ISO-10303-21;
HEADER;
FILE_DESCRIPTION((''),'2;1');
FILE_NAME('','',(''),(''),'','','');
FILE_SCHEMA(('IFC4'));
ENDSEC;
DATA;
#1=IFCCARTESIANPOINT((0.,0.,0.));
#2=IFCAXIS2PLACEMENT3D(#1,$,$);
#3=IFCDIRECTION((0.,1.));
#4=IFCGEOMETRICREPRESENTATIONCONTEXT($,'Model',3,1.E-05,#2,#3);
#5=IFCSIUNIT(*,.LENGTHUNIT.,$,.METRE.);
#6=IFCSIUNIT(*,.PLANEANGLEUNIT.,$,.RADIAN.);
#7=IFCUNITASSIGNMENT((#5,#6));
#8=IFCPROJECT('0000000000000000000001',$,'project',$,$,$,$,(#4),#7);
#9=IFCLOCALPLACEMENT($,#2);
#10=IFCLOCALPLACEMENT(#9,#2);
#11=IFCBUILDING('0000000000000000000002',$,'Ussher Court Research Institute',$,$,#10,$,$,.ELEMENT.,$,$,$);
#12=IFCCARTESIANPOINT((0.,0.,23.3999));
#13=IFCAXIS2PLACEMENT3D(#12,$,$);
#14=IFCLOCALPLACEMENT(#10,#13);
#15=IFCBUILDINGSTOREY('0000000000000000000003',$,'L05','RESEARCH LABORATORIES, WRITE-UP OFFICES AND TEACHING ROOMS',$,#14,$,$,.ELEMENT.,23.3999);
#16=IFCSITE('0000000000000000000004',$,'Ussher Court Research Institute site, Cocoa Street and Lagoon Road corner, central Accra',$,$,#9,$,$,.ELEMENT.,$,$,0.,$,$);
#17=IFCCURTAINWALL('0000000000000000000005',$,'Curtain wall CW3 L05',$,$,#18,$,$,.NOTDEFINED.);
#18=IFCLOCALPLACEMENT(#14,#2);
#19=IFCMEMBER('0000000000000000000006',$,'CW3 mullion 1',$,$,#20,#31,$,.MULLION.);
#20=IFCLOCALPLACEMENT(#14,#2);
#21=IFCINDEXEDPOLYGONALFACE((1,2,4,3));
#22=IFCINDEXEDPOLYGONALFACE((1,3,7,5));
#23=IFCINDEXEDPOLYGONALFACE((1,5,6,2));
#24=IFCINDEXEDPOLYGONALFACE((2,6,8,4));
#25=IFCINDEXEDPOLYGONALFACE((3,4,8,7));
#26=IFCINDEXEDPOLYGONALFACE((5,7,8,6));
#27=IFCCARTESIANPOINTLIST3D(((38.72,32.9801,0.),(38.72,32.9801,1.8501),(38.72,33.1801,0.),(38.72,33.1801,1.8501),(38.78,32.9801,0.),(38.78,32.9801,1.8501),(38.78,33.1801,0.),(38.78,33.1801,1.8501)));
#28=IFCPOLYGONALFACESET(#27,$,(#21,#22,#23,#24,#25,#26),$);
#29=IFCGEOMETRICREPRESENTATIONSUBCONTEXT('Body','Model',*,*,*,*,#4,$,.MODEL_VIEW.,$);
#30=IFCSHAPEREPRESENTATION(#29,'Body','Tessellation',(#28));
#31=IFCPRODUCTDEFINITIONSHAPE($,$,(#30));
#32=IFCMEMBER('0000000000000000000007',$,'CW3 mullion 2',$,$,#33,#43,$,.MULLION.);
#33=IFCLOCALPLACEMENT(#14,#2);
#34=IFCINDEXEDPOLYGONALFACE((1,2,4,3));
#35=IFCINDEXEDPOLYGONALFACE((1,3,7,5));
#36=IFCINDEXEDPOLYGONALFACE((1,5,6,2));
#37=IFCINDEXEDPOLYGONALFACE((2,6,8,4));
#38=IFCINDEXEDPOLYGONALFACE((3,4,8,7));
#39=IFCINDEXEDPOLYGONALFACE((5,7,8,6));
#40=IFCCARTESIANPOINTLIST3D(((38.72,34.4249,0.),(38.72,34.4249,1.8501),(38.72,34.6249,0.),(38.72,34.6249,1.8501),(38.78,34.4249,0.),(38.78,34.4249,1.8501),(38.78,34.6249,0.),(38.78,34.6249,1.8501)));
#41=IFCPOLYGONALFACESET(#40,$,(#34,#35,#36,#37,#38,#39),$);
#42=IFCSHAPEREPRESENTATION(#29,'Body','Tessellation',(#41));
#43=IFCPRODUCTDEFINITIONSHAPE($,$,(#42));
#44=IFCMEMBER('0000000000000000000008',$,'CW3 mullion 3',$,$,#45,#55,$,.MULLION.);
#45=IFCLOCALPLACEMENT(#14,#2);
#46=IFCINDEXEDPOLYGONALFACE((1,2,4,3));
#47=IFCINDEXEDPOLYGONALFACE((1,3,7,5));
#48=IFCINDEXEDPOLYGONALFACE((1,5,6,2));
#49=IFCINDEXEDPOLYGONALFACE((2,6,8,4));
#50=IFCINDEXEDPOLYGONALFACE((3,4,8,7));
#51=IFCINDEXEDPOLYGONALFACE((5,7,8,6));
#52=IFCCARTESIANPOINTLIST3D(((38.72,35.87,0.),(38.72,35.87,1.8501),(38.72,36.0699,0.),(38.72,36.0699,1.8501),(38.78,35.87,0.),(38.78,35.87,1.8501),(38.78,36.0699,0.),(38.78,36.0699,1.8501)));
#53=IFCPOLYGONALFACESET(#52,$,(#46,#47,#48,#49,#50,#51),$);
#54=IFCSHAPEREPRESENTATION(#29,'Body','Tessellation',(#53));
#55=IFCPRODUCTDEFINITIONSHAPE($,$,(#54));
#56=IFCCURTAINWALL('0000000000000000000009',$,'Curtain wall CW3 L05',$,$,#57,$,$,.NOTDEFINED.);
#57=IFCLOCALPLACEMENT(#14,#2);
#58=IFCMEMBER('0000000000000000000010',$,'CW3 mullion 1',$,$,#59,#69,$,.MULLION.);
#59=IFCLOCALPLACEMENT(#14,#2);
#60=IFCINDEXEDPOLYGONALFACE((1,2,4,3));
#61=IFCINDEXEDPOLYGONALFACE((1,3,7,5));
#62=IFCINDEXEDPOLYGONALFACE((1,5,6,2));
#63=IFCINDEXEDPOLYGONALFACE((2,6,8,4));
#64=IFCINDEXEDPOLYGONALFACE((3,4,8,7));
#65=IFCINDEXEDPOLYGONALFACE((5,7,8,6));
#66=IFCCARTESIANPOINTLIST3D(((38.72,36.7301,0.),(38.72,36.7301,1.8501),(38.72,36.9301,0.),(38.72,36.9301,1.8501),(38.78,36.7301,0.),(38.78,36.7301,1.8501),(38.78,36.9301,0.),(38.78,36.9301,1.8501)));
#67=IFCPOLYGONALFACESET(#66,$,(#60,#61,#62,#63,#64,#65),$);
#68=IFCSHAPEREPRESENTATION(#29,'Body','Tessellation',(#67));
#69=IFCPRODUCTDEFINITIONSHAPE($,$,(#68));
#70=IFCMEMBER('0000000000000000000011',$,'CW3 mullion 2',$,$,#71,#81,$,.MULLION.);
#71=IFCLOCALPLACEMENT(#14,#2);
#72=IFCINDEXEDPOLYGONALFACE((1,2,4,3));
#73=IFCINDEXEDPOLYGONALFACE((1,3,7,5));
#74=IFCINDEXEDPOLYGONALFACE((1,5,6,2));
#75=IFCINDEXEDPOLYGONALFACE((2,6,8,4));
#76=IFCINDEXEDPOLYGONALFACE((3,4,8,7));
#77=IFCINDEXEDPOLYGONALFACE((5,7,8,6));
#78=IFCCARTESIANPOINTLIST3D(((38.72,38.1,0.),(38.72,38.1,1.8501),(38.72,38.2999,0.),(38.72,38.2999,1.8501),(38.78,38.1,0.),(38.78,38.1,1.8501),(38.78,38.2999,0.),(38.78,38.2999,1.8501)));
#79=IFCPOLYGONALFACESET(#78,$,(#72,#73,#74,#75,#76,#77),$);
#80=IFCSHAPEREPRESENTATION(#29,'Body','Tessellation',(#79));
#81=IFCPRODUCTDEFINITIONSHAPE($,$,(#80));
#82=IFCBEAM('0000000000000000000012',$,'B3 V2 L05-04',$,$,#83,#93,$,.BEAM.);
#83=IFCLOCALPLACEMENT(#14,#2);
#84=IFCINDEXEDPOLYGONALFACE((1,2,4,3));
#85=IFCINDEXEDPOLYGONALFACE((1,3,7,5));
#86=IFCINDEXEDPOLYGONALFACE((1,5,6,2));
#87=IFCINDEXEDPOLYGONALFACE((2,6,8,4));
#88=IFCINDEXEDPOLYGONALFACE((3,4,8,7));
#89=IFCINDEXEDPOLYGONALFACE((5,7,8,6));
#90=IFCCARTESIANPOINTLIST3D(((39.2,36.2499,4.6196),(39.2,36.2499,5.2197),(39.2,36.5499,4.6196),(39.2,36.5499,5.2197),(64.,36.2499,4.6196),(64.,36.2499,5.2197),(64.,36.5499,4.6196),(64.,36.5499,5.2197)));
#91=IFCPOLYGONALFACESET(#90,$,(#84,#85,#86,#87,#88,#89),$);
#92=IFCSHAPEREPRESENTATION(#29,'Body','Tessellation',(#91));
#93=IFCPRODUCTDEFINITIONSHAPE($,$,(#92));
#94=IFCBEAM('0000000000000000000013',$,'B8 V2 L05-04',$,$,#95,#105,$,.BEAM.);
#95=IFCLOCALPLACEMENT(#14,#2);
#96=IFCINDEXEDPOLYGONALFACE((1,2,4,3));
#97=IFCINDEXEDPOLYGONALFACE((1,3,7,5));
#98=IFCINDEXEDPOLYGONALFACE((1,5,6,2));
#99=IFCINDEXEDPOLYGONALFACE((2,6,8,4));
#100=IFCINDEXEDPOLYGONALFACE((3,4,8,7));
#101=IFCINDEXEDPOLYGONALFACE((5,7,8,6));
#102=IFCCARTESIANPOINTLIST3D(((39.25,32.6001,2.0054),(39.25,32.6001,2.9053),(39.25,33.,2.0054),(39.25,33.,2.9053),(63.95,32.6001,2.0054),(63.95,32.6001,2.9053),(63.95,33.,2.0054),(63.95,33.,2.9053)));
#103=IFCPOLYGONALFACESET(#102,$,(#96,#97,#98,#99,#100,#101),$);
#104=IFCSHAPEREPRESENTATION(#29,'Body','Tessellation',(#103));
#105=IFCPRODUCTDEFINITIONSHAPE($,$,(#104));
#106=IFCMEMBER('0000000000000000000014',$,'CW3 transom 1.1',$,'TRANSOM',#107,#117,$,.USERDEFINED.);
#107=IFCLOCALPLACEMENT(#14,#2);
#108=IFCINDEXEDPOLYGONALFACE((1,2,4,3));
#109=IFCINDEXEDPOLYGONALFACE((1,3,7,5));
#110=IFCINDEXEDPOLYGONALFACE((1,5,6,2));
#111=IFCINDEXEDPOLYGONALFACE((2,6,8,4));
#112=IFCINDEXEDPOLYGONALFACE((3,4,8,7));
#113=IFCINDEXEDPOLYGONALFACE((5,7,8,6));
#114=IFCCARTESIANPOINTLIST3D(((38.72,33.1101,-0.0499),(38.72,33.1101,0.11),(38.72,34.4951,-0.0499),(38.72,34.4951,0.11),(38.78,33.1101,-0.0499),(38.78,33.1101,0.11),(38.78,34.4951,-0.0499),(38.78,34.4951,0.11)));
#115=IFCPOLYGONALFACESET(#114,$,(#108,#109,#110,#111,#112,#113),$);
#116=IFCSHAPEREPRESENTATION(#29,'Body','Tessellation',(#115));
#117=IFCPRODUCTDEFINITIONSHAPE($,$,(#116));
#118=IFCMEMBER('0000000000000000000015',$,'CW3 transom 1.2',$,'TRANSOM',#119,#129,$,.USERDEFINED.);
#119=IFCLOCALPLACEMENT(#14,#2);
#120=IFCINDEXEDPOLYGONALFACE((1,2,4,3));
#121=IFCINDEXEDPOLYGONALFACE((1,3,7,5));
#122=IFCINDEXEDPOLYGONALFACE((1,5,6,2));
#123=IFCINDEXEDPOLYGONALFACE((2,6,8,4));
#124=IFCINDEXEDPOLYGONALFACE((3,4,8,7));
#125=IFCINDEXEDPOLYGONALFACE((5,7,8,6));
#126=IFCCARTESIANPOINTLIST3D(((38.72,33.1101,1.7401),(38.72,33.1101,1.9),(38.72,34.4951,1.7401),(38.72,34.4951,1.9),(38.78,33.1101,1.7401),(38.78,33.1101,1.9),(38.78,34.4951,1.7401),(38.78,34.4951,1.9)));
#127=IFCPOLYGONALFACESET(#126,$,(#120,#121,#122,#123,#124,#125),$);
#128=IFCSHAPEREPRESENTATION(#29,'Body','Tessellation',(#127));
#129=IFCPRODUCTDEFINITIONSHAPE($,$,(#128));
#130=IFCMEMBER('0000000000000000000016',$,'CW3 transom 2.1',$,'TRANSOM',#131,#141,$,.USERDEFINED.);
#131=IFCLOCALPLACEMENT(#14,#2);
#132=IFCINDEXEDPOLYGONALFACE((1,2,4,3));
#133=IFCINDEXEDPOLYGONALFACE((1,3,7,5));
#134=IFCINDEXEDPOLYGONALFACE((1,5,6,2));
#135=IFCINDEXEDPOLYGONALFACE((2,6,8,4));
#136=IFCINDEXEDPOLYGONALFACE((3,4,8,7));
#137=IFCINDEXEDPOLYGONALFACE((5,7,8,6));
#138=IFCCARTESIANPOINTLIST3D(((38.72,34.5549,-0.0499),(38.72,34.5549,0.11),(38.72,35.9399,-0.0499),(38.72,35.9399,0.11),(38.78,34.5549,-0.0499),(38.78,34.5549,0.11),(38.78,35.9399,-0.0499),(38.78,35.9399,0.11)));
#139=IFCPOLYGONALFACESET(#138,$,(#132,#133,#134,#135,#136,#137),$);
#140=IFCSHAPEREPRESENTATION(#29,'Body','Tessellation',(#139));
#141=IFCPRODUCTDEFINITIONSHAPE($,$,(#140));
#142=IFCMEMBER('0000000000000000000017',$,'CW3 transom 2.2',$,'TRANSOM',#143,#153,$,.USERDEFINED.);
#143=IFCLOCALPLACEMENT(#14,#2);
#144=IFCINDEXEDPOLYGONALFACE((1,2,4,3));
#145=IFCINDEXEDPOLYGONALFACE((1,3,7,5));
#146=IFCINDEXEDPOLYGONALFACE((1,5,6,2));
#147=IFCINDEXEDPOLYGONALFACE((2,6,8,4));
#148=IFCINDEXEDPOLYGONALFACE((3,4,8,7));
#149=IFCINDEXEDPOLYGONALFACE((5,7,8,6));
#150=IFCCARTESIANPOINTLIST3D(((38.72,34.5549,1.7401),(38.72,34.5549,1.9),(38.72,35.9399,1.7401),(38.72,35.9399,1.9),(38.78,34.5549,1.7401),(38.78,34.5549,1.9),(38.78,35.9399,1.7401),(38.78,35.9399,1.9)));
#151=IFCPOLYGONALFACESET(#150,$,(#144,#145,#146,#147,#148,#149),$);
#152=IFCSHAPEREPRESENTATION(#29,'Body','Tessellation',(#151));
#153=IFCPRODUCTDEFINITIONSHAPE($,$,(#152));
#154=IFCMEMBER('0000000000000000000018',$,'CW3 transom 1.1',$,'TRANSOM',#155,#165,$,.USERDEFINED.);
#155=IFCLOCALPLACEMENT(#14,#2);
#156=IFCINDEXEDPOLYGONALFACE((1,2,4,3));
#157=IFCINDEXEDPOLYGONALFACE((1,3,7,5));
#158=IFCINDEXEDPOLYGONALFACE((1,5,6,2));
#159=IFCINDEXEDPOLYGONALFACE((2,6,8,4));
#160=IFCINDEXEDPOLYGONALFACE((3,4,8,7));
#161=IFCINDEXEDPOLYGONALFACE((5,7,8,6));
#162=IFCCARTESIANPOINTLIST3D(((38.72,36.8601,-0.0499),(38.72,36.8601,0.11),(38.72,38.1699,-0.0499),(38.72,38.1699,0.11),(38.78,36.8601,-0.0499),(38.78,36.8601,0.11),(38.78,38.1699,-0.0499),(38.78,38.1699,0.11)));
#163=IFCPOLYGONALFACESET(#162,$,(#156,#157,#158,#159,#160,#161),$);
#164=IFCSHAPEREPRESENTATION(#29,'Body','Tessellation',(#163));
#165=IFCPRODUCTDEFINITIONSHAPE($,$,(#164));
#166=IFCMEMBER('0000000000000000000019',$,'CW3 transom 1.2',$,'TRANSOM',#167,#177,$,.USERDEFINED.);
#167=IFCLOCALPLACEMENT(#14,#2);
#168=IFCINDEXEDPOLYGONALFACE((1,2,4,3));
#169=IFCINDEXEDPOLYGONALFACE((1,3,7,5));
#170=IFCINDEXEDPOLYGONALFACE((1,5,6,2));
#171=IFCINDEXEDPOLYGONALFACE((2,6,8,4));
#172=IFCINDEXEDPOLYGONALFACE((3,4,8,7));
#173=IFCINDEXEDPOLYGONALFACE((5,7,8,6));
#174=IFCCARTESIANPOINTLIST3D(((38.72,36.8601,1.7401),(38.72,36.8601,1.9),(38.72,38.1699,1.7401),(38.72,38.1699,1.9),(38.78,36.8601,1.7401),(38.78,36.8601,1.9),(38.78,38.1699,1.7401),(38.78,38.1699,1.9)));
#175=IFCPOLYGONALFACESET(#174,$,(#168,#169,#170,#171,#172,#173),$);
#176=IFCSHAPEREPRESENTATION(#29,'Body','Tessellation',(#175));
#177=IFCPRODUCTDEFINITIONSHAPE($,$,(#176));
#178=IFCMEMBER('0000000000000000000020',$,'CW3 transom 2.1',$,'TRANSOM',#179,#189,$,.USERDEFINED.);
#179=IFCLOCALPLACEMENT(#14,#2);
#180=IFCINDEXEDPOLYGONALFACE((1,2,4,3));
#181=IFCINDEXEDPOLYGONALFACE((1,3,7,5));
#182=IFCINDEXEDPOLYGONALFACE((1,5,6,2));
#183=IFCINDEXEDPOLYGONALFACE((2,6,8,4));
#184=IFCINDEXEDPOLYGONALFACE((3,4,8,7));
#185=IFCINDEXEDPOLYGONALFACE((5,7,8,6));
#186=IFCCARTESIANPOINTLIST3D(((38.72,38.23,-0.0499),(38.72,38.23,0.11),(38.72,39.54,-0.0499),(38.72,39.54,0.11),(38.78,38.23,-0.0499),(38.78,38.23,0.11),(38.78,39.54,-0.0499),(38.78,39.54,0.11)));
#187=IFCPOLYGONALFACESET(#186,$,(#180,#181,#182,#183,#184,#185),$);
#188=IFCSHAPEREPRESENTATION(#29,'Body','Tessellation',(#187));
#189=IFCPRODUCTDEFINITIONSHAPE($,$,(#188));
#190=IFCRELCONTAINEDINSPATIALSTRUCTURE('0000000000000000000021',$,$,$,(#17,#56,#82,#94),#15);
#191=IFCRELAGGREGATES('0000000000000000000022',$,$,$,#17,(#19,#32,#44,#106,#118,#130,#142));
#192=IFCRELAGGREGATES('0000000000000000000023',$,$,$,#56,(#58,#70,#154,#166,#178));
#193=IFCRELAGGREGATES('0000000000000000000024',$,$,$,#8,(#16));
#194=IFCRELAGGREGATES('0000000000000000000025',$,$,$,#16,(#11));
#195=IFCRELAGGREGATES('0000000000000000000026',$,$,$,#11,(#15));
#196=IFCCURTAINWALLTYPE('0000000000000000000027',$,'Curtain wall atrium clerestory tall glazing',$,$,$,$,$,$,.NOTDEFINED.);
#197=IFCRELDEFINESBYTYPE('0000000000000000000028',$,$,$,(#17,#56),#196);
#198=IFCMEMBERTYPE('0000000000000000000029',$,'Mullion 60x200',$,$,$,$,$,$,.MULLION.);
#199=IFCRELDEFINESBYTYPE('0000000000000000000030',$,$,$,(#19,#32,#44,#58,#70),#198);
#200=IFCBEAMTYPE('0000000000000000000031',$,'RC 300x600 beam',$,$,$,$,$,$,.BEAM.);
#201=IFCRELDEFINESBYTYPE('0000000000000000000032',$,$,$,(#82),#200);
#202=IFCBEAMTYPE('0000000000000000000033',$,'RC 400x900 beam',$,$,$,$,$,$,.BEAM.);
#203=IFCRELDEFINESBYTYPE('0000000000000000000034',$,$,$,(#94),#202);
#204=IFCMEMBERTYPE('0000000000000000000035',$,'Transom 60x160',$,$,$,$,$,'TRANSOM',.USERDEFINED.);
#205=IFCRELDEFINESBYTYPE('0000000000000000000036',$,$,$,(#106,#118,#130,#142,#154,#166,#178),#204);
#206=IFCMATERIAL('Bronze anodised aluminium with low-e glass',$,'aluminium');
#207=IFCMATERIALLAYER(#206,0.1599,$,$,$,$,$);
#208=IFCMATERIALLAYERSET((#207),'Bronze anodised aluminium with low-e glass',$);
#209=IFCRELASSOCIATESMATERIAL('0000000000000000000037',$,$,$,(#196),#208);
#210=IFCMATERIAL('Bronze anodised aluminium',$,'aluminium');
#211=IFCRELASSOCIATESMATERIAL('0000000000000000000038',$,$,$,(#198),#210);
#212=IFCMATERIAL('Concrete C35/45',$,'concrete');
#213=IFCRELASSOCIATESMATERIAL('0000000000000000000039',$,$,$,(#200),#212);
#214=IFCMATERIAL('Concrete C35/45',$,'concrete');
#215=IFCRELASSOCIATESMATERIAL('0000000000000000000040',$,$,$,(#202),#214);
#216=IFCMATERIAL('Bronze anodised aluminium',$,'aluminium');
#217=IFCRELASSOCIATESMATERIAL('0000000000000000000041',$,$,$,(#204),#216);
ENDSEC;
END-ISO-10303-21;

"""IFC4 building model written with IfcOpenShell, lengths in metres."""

from ifc_helpers import new_model, si_unit, direction, frame, origin, origin_2d, place, context, subcontext, project, spatial, rectangle, extrude, material, layer, layer_set, material_profile, profile_set, type_object, element, aggregate, save


model = new_model("IFC4")

# Units and contexts
model_context = context("Model", 3, precision=1e-05, world=origin(), true_north=direction((0.0, 1.0)))
body_context = subcontext(model_context, "Body", "Model", "MODEL_VIEW")
ifc_project = project(units=[si_unit("LENGTHUNIT", "METRE"), si_unit("PLANEANGLEUNIT", "RADIAN")], contexts=[model_context])

# Site, building, storey
site_placement = place(None, origin())
site = spatial("IfcSite", under=ifc_project, at=site_placement, Name="Ussher Court Research Institute site, Cocoa Street and Lagoon Road corner, central Accra", CompositionType="ELEMENT", RefElevation=0.0)
building_placement = place(site_placement, origin())
building = spatial("IfcBuilding", under=site, at=building_placement, Name="Ussher Court Research Institute", CompositionType="ELEMENT")
storey_placement = place(building_placement, frame((0.0, 0.0, 23.3999)))
storey = spatial("IfcBuildingStorey", under=building, at=storey_placement, Name="L05", Description="RESEARCH LABORATORIES, WRITE-UP OFFICES AND TEACHING ROOMS", CompositionType="ELEMENT", Elevation=23.3999)

# Curtain walls, members
ifc_material_1 = material(Name="Bronze anodised aluminium with low-e glass", Category="aluminium")
ifc_layer_1 = layer(ifc_material_1, 0.1599)
ifc_layer_set_1 = layer_set([ifc_layer_1], Name="Bronze anodised aluminium with low-e glass")
curtain_wall_type = type_object("IfcCurtainWallType", Name="Curtain wall atrium clerestory tall glazing", PredefinedType="NOTDEFINED", material=ifc_layer_set_1)
curtain_wall_1_placement = place(storey_placement, origin())
curtain_wall_1 = element("IfcCurtainWall", 1, at=curtain_wall_1_placement, inside=storey, type_object=curtain_wall_type, Name="Curtain wall CW3 L05", PredefinedType="NOTDEFINED")
ifc_material_2 = material(Name="Bronze anodised aluminium", Category="aluminium")
ifc_material_profile_1 = material_profile(ifc_material_2, rectangle(XDim=0.0601, YDim=0.2, at=origin_2d()), Name="Mullion 60x200")
ifc_profile_set_1 = profile_set([ifc_material_profile_1], Name="Bronze anodised aluminium")
member_type_1 = type_object("IfcMemberType", Name="Mullion 60x200", PredefinedType="MULLION", material=ifc_profile_set_1)
member_1_placement = place(storey_placement, frame((38.75, 33.0801, 0.0), z_axis=(0.0, 0.0, 1.0), x_axis=(-1.0, 0.0, 0.0)))
member_1 = element("IfcMember", 2, at=member_1_placement, type_object=member_type_1, Name="CW3 mullion 1", PredefinedType="MULLION", context=body_context, shape_type="SweptSolid", body=[
    extrude(rectangle(XDim=0.0601, YDim=0.2, at=origin_2d()), origin(), (0.0, 0.0, 1.0), 1.8501),
])
member_2_placement = place(storey_placement, frame((38.75, 34.5249, 0.0), z_axis=(0.0, 0.0, 1.0), x_axis=(-1.0, 0.0, 0.0)))
member_2 = element("IfcMember", 3, at=member_2_placement, type_object=member_type_1, Name="CW3 mullion 2", PredefinedType="MULLION", context=body_context, shape_type="SweptSolid", body=[
    extrude(rectangle(XDim=0.0601, YDim=0.2, at=origin_2d()), origin(), (0.0, 0.0, 1.0), 1.8501),
])
member_3_placement = place(storey_placement, frame((38.75, 35.97, 0.0), z_axis=(0.0, 0.0, 1.0), x_axis=(-1.0, 0.0, 0.0)))
member_3 = element("IfcMember", 4, at=member_3_placement, type_object=member_type_1, Name="CW3 mullion 3", PredefinedType="MULLION", context=body_context, shape_type="SweptSolid", body=[
    extrude(rectangle(XDim=0.0601, YDim=0.2, at=origin_2d()), origin(), (0.0, 0.0, 1.0), 1.8501),
])
curtain_wall_2_placement = place(storey_placement, origin())
curtain_wall_2 = element("IfcCurtainWall", 5, at=curtain_wall_2_placement, inside=storey, type_object=curtain_wall_type, Name="Curtain wall CW3 L05", PredefinedType="NOTDEFINED")
member_4_placement = place(storey_placement, frame((38.75, 36.8301, 0.0), z_axis=(0.0, 0.0, 1.0), x_axis=(-1.0, 0.0, 0.0)))
member_4 = element("IfcMember", 6, at=member_4_placement, type_object=member_type_1, Name="CW3 mullion 1", PredefinedType="MULLION", context=body_context, shape_type="SweptSolid", body=[
    extrude(rectangle(XDim=0.0601, YDim=0.2, at=origin_2d()), origin(), (0.0, 0.0, 1.0), 1.8501),
])
member_5_placement = place(storey_placement, frame((38.75, 38.2, 0.0), z_axis=(0.0, 0.0, 1.0), x_axis=(-1.0, 0.0, 0.0)))
member_5 = element("IfcMember", 7, at=member_5_placement, type_object=member_type_1, Name="CW3 mullion 2", PredefinedType="MULLION", context=body_context, shape_type="SweptSolid", body=[
    extrude(rectangle(XDim=0.0601, YDim=0.2, at=origin_2d()), origin(), (0.0, 0.0, 1.0), 1.8501),
])

# Beams
ifc_material_3 = material(Name="Concrete C35/45", Category="concrete")
ifc_material_profile_2 = material_profile(ifc_material_3, rectangle(XDim=0.3, YDim=0.6001, at=origin_2d()), Name="RC 300x600")
ifc_profile_set_2 = profile_set([ifc_material_profile_2], Name="Concrete C35/45")
beam_type_1 = type_object("IfcBeamType", Name="RC 300x600 beam", PredefinedType="BEAM", material=ifc_profile_set_2)
beam_1_placement = place(storey_placement, frame((39.2, 36.3999, 4.9197), z_axis=(1.0, 0.0, 0.0), x_axis=(0.0, 1.0, 0.0)))
element("IfcBeam", 8, at=beam_1_placement, inside=storey, type_object=beam_type_1, Name="B3 V2 L05-04", PredefinedType="BEAM", context=body_context, shape_type="SweptSolid", body=[
    extrude(rectangle(XDim=0.3, YDim=0.6001, at=origin_2d()), origin(), (0.0, 0.0, 1.0), 24.8),
])
ifc_material_4 = material(Name="Concrete C35/45", Category="concrete")
ifc_material_profile_3 = material_profile(ifc_material_4, rectangle(XDim=0.3999, YDim=0.8999, at=origin_2d()), Name="RC 400x900")
ifc_profile_set_3 = profile_set([ifc_material_profile_3], Name="Concrete C35/45")
beam_type_2 = type_object("IfcBeamType", Name="RC 400x900 beam", PredefinedType="BEAM", material=ifc_profile_set_3)
beam_2_placement = place(storey_placement, frame((39.25, 32.8, 2.4553), z_axis=(1.0, 0.0, 0.0), x_axis=(0.0, 1.0, 0.0)))
element("IfcBeam", 9, at=beam_2_placement, inside=storey, type_object=beam_type_2, Name="B8 V2 L05-04", PredefinedType="BEAM", context=body_context, shape_type="SweptSolid", body=[
    extrude(rectangle(XDim=0.3999, YDim=0.8999, at=origin_2d()), origin(), (0.0, 0.0, 1.0), 24.7),
])

# Members
ifc_material_5 = material(Name="Bronze anodised aluminium", Category="aluminium")
ifc_material_profile_4 = material_profile(ifc_material_5, rectangle(XDim=0.0601, YDim=0.1599, at=origin_2d()), Name="Transom 60x160")
ifc_profile_set_4 = profile_set([ifc_material_profile_4], Name="Bronze anodised aluminium")
member_type_2 = type_object("IfcMemberType", Name="Transom 60x160", ElementType="TRANSOM", PredefinedType="USERDEFINED", material=ifc_profile_set_4)
member_6_placement = place(storey_placement, frame((38.75, 33.1101, 0.03), z_axis=(0.0, 1.0, 0.0), x_axis=(-1.0, 0.0, 0.0)))
member_6 = element("IfcMember", 10, at=member_6_placement, type_object=member_type_2, Name="CW3 transom 1.1", ObjectType="TRANSOM", PredefinedType="USERDEFINED", context=body_context, shape_type="SweptSolid", body=[
    extrude(rectangle(XDim=0.0601, YDim=0.1599, at=origin_2d()), origin(), (0.0, 0.0, 1.0), 1.385),
])
member_7_placement = place(storey_placement, frame((38.75, 33.1101, 1.8201), z_axis=(0.0, 1.0, 0.0), x_axis=(-1.0, 0.0, 0.0)))
member_7 = element("IfcMember", 11, at=member_7_placement, type_object=member_type_2, Name="CW3 transom 1.2", ObjectType="TRANSOM", PredefinedType="USERDEFINED", context=body_context, shape_type="SweptSolid", body=[
    extrude(rectangle(XDim=0.0601, YDim=0.1599, at=origin_2d()), origin(), (0.0, 0.0, 1.0), 1.385),
])
member_8_placement = place(storey_placement, frame((38.75, 34.5549, 0.03), z_axis=(0.0, 1.0, 0.0), x_axis=(-1.0, 0.0, 0.0)))
member_8 = element("IfcMember", 12, at=member_8_placement, type_object=member_type_2, Name="CW3 transom 2.1", ObjectType="TRANSOM", PredefinedType="USERDEFINED", context=body_context, shape_type="SweptSolid", body=[
    extrude(rectangle(XDim=0.0601, YDim=0.1599, at=origin_2d()), origin(), (0.0, 0.0, 1.0), 1.385),
])
member_9_placement = place(storey_placement, frame((38.75, 34.5549, 1.8201), z_axis=(0.0, 1.0, 0.0), x_axis=(-1.0, 0.0, 0.0)))
member_9 = element("IfcMember", 13, at=member_9_placement, type_object=member_type_2, Name="CW3 transom 2.2", ObjectType="TRANSOM", PredefinedType="USERDEFINED", context=body_context, shape_type="SweptSolid", body=[
    extrude(rectangle(XDim=0.0601, YDim=0.1599, at=origin_2d()), origin(), (0.0, 0.0, 1.0), 1.385),
])
member_10_placement = place(storey_placement, frame((38.75, 36.8601, 0.03), z_axis=(0.0, 1.0, 0.0), x_axis=(-1.0, 0.0, 0.0)))
member_10 = element("IfcMember", 14, at=member_10_placement, type_object=member_type_2, Name="CW3 transom 1.1", ObjectType="TRANSOM", PredefinedType="USERDEFINED", context=body_context, shape_type="SweptSolid", body=[
    extrude(rectangle(XDim=0.0601, YDim=0.1599, at=origin_2d()), origin(), (0.0, 0.0, 1.0), 1.3098),
])
member_11_placement = place(storey_placement, frame((38.75, 36.8601, 1.8201), z_axis=(0.0, 1.0, 0.0), x_axis=(-1.0, 0.0, 0.0)))
member_11 = element("IfcMember", 15, at=member_11_placement, type_object=member_type_2, Name="CW3 transom 1.2", ObjectType="TRANSOM", PredefinedType="USERDEFINED", context=body_context, shape_type="SweptSolid", body=[
    extrude(rectangle(XDim=0.0601, YDim=0.1599, at=origin_2d()), origin(), (0.0, 0.0, 1.0), 1.3098),
])
member_12_placement = place(storey_placement, frame((38.75, 38.23, 0.03), z_axis=(0.0, 1.0, 0.0), x_axis=(-1.0, 0.0, 0.0)))
member_12 = element("IfcMember", 16, at=member_12_placement, type_object=member_type_2, Name="CW3 transom 2.1", ObjectType="TRANSOM", PredefinedType="USERDEFINED", context=body_context, shape_type="SweptSolid", body=[
    extrude(rectangle(XDim=0.0601, YDim=0.1599, at=origin_2d()), origin(), (0.0, 0.0, 1.0), 1.3101),
])

aggregate(curtain_wall_1, [member_1, member_2, member_3, member_6, member_7, member_8, member_9])
aggregate(curtain_wall_2, [member_4, member_5, member_10, member_11, member_12])

save(model, "model.ifc")
